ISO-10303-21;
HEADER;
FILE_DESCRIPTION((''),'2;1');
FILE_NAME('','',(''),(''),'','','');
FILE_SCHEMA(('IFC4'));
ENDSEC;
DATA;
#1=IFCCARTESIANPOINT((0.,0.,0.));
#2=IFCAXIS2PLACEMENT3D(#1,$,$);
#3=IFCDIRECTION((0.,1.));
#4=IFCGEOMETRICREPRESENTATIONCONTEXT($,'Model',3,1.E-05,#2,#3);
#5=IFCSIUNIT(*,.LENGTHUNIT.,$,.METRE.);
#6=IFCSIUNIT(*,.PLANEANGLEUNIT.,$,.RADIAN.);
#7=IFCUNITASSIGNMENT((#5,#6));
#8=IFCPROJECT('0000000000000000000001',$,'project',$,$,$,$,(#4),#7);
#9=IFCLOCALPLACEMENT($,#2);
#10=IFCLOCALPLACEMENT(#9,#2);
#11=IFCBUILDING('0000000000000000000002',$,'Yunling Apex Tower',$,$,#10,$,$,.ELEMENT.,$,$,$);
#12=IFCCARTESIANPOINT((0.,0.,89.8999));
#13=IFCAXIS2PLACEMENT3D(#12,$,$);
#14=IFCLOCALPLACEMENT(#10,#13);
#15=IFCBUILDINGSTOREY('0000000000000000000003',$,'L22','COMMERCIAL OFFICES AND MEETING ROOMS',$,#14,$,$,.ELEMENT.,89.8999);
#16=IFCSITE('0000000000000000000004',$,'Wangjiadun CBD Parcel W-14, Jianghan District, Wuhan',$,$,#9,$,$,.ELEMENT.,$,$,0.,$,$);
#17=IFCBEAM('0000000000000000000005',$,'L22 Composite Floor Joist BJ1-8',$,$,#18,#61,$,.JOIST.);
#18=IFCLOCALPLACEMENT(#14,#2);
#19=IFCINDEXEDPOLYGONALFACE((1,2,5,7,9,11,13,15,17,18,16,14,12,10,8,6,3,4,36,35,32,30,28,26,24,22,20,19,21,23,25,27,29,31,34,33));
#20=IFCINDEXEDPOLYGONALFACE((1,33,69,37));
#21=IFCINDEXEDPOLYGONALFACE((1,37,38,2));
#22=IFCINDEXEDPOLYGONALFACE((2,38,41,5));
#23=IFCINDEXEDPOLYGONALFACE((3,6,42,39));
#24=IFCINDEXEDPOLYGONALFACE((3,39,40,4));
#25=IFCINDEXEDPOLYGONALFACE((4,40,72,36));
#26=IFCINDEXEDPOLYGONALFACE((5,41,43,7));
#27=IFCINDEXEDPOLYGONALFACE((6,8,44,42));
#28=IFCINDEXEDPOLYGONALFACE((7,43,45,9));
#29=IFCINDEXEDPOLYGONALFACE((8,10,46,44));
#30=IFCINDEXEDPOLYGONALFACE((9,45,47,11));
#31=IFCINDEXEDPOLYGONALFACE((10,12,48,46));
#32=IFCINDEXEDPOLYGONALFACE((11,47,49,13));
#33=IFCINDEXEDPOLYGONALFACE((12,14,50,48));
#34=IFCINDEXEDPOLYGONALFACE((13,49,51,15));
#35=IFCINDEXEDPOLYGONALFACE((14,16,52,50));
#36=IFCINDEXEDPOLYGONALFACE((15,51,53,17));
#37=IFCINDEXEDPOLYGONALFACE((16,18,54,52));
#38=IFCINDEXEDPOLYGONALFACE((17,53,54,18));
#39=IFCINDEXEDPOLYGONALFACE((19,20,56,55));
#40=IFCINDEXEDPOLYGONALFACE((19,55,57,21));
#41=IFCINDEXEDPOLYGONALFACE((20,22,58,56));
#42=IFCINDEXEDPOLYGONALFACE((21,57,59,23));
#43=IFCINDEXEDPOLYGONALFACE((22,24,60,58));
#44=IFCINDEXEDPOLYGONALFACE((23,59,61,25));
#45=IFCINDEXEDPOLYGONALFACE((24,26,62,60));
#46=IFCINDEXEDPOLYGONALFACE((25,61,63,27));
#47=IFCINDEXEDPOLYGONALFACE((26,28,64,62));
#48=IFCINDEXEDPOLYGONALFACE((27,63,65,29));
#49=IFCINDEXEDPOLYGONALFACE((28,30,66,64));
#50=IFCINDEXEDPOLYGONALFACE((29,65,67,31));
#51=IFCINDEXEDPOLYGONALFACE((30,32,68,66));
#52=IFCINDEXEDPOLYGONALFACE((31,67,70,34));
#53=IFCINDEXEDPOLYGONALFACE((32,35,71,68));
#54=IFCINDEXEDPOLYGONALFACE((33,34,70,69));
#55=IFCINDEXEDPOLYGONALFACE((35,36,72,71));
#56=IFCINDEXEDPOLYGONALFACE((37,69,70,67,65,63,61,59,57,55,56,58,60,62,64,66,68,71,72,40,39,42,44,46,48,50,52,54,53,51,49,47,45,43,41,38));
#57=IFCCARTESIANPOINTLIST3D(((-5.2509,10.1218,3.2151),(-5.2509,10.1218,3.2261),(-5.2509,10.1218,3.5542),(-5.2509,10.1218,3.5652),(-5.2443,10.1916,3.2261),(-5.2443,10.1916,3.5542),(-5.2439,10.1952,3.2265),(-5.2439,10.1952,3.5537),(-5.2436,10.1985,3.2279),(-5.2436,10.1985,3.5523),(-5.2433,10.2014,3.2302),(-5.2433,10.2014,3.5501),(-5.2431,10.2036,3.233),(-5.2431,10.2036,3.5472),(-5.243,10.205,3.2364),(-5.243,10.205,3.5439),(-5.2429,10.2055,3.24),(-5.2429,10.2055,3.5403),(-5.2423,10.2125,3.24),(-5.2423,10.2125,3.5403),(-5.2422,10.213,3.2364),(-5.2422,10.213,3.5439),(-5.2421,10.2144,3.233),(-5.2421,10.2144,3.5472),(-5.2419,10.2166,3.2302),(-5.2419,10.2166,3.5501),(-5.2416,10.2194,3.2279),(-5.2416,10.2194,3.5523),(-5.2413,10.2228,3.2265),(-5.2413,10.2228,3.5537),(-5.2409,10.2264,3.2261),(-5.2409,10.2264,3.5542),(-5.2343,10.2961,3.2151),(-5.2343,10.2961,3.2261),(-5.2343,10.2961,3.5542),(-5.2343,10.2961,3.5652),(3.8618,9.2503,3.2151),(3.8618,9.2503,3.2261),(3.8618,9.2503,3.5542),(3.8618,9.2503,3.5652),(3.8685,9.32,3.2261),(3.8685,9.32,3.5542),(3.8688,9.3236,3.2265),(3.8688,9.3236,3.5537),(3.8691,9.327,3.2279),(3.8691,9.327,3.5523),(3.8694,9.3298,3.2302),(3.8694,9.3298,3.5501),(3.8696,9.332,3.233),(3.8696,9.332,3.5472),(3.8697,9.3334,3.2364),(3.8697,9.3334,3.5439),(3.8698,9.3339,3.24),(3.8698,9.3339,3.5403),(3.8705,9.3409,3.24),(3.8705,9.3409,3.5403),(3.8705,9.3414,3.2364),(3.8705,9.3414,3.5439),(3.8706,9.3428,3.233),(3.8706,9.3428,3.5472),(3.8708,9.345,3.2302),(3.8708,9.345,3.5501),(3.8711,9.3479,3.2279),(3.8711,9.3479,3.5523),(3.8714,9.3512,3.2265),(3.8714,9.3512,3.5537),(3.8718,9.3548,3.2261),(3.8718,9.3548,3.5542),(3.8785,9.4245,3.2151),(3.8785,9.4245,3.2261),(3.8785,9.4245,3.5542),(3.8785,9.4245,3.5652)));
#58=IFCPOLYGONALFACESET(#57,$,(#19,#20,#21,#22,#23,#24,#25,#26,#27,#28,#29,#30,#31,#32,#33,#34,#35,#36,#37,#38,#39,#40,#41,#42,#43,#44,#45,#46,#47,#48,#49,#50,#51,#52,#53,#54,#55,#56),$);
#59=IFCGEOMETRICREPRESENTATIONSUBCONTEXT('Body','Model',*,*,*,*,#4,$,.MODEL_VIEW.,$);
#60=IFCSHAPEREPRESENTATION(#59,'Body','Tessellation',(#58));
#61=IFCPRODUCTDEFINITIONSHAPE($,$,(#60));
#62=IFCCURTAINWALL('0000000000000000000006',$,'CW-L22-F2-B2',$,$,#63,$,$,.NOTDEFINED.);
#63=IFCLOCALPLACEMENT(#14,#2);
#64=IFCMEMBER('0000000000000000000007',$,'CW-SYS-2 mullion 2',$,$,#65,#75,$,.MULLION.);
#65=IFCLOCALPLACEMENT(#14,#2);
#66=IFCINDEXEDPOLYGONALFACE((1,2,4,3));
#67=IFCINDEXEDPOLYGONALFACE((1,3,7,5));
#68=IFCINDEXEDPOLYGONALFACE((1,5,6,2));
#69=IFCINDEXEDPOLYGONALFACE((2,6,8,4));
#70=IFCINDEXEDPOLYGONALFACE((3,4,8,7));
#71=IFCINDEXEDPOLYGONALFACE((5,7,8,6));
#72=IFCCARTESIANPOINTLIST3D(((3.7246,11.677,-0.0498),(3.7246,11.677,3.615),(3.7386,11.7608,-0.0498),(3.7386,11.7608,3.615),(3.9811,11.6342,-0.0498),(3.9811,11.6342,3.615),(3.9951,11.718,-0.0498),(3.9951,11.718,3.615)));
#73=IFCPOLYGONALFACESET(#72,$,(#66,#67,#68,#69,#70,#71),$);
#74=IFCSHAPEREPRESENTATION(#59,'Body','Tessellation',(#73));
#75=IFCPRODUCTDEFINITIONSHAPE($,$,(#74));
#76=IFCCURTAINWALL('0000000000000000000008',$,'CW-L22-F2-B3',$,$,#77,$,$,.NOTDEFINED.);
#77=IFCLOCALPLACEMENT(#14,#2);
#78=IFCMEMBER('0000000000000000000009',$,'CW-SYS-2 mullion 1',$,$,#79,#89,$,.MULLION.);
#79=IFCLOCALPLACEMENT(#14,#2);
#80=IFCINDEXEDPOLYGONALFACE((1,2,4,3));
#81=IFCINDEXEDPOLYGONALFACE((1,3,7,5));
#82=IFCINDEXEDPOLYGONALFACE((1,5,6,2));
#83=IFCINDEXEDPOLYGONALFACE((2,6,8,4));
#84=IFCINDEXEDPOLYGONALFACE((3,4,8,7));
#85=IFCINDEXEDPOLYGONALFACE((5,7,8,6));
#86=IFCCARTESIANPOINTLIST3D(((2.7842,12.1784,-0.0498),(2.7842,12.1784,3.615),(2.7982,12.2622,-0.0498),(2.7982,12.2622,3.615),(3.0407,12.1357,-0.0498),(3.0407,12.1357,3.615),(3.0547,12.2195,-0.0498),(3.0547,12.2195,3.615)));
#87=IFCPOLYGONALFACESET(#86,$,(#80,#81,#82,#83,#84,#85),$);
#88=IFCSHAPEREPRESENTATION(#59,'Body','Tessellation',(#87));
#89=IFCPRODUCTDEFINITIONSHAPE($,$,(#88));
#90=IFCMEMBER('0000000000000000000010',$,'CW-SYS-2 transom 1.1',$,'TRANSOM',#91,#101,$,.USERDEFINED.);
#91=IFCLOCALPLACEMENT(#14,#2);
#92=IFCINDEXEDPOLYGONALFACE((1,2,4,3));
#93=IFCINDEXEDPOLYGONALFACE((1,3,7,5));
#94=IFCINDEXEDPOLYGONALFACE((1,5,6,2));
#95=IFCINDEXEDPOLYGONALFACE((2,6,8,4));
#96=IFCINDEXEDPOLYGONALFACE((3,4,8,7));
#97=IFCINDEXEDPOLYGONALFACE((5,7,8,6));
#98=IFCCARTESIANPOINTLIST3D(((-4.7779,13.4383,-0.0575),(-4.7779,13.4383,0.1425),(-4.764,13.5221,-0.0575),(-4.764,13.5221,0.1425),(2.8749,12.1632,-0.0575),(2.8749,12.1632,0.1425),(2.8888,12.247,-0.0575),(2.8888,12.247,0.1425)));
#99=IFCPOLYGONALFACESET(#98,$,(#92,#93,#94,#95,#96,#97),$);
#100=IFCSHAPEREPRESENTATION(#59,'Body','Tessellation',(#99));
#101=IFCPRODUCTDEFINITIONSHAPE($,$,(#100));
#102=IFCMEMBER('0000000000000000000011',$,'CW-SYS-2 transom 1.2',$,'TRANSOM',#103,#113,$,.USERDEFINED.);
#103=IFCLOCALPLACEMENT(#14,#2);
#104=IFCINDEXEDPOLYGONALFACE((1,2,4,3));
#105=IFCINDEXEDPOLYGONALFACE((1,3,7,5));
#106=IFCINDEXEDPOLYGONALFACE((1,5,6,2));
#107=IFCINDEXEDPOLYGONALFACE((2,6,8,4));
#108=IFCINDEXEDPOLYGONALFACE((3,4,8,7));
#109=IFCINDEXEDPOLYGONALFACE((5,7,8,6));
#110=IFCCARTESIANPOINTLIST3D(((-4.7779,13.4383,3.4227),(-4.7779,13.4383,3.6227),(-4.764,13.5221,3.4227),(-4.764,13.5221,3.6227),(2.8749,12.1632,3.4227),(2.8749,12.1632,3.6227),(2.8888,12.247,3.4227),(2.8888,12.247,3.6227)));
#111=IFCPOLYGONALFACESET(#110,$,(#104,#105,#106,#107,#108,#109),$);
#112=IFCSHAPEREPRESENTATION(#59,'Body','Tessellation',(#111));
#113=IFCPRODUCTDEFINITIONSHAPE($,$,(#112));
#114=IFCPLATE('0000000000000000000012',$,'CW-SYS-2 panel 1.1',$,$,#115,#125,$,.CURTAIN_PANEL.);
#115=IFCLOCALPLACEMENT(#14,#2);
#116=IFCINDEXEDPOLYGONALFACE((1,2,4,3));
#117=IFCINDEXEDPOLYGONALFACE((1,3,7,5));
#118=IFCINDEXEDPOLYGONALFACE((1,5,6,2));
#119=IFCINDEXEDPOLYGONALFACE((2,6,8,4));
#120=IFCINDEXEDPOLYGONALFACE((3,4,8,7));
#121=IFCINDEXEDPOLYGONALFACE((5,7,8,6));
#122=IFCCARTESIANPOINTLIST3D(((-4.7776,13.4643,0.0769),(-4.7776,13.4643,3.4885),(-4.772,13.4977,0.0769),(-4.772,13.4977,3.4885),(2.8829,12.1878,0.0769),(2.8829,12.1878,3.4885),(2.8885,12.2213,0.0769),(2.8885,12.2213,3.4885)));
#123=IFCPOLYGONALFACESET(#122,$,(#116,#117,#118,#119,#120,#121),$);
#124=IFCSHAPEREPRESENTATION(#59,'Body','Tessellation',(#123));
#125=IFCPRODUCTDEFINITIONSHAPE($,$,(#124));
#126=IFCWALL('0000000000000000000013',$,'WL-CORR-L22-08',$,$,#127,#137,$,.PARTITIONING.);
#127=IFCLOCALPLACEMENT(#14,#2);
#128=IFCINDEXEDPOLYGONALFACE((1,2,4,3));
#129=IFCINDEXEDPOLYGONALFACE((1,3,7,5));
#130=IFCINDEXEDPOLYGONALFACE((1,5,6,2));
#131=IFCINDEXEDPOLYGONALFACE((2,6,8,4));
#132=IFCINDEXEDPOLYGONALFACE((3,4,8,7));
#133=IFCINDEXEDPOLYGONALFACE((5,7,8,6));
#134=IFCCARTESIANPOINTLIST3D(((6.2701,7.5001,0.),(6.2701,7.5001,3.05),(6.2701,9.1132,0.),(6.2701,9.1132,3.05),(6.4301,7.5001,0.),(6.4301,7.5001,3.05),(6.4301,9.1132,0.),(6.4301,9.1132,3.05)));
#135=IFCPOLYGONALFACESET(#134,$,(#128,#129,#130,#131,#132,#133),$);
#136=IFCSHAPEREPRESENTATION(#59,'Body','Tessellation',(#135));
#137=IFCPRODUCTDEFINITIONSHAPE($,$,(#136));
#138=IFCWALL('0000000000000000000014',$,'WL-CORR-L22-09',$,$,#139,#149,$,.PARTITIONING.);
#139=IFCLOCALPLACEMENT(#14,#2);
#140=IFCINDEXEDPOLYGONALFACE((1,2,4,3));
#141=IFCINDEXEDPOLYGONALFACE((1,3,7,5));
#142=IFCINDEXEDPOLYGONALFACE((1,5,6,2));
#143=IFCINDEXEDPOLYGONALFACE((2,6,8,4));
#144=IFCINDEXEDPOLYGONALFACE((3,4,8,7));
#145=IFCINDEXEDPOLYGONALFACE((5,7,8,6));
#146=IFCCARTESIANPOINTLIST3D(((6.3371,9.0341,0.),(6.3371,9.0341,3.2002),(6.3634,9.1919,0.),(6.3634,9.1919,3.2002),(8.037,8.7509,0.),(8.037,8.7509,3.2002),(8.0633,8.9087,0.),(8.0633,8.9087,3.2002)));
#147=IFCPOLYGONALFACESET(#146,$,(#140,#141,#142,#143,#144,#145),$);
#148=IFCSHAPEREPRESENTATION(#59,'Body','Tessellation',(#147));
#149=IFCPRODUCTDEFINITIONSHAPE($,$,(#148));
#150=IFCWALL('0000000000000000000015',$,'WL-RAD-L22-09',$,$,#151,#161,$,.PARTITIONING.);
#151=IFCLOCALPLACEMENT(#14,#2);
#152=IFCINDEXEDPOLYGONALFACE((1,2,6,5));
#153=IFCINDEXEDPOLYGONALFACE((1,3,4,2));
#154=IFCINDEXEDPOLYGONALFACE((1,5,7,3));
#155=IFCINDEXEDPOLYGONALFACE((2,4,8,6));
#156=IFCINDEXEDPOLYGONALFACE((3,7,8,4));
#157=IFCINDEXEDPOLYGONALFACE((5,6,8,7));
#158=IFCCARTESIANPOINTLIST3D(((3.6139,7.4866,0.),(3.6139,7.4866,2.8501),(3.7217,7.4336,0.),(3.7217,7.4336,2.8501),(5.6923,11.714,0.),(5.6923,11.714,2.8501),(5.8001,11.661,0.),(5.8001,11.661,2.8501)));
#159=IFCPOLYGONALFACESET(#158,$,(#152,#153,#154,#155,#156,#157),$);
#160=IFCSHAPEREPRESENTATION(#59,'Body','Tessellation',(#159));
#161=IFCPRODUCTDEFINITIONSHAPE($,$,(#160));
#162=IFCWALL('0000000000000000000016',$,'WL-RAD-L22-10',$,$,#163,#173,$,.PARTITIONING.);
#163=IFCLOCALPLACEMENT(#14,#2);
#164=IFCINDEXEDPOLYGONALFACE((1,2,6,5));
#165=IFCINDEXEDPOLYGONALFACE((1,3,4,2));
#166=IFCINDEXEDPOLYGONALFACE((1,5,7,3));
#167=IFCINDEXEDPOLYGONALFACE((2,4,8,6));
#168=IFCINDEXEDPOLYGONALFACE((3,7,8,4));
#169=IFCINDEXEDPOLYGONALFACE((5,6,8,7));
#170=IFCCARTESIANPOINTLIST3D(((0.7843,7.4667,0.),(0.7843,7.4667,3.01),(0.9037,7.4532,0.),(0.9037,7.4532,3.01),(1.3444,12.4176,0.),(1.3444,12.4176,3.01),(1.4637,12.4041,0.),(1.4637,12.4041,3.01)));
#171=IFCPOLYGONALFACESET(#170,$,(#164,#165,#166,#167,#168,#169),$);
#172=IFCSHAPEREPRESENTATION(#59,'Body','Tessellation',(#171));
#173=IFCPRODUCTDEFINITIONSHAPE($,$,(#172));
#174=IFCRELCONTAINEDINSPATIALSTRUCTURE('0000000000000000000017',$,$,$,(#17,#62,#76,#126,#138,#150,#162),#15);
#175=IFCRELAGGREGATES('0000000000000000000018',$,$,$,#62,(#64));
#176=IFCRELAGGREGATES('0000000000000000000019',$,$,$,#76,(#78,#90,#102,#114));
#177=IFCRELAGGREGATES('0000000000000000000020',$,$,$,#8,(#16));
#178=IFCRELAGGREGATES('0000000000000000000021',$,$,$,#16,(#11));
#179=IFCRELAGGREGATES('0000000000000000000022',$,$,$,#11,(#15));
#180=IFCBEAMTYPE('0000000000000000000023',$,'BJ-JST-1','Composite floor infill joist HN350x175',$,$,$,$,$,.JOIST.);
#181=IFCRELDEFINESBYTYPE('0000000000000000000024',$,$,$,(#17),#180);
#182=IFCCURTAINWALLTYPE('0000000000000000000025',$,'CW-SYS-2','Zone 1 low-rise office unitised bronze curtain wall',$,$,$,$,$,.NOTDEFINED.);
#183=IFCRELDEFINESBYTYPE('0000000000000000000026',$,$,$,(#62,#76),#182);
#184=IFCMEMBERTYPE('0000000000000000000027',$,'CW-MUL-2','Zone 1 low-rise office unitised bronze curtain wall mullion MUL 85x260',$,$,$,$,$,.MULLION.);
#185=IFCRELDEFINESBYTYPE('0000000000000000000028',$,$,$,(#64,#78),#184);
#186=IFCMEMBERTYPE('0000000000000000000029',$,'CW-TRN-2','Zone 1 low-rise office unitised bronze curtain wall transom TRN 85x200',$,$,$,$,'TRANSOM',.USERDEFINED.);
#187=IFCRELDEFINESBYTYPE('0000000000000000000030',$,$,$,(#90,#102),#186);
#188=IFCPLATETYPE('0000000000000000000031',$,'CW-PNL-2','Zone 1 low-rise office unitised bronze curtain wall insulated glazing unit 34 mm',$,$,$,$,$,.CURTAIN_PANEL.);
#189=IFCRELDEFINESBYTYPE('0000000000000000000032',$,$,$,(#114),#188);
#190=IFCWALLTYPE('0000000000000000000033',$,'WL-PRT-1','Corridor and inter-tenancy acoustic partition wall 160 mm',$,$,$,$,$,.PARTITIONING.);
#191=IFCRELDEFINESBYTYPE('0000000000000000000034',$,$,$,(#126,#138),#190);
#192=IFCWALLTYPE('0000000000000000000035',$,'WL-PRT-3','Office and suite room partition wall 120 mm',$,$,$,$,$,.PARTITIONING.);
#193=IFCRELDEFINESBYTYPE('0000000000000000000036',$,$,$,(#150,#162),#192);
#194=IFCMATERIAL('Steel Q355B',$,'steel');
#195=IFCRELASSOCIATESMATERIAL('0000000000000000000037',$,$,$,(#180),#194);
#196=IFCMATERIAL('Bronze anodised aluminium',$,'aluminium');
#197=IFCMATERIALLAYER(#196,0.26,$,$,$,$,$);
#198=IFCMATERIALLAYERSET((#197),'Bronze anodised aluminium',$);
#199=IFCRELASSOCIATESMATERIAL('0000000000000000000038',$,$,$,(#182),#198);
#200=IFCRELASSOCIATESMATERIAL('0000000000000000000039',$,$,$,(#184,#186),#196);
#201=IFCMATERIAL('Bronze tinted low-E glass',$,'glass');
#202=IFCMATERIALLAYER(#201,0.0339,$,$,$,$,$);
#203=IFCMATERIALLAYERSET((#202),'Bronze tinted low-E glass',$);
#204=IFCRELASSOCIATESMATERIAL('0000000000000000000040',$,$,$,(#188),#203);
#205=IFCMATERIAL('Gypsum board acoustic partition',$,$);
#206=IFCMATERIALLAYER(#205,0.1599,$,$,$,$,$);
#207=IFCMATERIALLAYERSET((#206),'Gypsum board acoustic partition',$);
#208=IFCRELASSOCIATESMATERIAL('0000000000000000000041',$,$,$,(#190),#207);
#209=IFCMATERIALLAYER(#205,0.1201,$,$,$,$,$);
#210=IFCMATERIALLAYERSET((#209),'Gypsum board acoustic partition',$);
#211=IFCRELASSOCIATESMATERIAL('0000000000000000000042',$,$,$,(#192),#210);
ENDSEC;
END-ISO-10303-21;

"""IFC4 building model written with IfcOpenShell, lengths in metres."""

from ifc_helpers import new_model, si_unit, direction, frame, frame_2d, origin, origin_2d, place, context, subcontext, project, spatial, rectangle, i_section, extrude, source, transform, mapped, material, layer, layer_set, material_profile, profile_set, type_object, element, aggregate, save


model = new_model("IFC4")

# Units and contexts
model_context = context("Model", 3, precision=1e-05, world=origin(), true_north=direction((0.0, 1.0)))
body_context = subcontext(model_context, "Body", "Model", "MODEL_VIEW")
ifc_project = project(units=[si_unit("LENGTHUNIT", "METRE"), si_unit("PLANEANGLEUNIT", "RADIAN")], contexts=[model_context])

# Site, building, storey
site_placement = place(None, origin())
site = spatial("IfcSite", under=ifc_project, at=site_placement, Name="Wangjiadun CBD Parcel W-14, Jianghan District, Wuhan", CompositionType="ELEMENT", RefElevation=0.0)
building_placement = place(site_placement, origin())
building = spatial("IfcBuilding", under=site, at=building_placement, Name="Yunling Apex Tower", CompositionType="ELEMENT")
storey_placement = place(building_placement, frame((0.0, 0.0, 89.8999)))
storey = spatial("IfcBuildingStorey", under=building, at=storey_placement, Name="L22", Description="COMMERCIAL OFFICES AND MEETING ROOMS", CompositionType="ELEMENT", Elevation=89.8999)

# Beam
ifc_material_1 = material(Name="Steel Q355B", Category="steel")
ifc_material_profile_1 = material_profile(ifc_material_1, i_section(OverallWidth=0.175, OverallDepth=0.3501, WebThickness=0.0071, FlangeThickness=0.011, FilletRadius=0.0139, at=origin_2d()))
ifc_profile_set_1 = profile_set([ifc_material_profile_1], Name="Steel Q355B")
beam_type_1 = type_object("IfcBeamType", Name="BJ-JST-1", Description="Composite floor infill joist HN350x175", PredefinedType="JOIST", material=ifc_profile_set_1)
shared_shape_1 = source(origin(), body_context, "Body", "SweptSolid", [
    extrude(i_section(OverallWidth=0.175, OverallDepth=0.3501, WebThickness=0.0071, FlangeThickness=0.011, FilletRadius=0.0139, at=origin_2d()), origin(), (0.0, 0.0, 1.0), 9.1543),
])
beam_1_placement = place(storey_placement, frame((3.8701, 9.3374, 3.3901), z_axis=(-0.995457, 0.095209, 0.0), x_axis=(-0.095209, -0.995457, 0.0)))
element("IfcBeam", 1, at=beam_1_placement, inside=storey, type_object=beam_type_1, Name="L22 Composite Floor Joist BJ1-8", PredefinedType="JOIST", context=body_context, shape_type="MappedRepresentation", body=[
    mapped(shared_shape_1, transform((0.0, 0.0, 0.0), scale=1.0)),
])

# Curtain wall, member
ifc_material_2 = material(Name="Bronze anodised aluminium", Category="aluminium")
ifc_layer_1 = layer(ifc_material_2, 0.26)
ifc_layer_set_1 = layer_set([ifc_layer_1], Name="Bronze anodised aluminium")
curtain_wall_type = type_object("IfcCurtainWallType", Name="CW-SYS-2", Description="Zone 1 low-rise office unitised bronze curtain wall", PredefinedType="NOTDEFINED", material=ifc_layer_set_1)
curtain_wall_1_placement = place(storey_placement, origin())
curtain_wall_1 = element("IfcCurtainWall", 2, at=curtain_wall_1_placement, inside=storey, type_object=curtain_wall_type, Name="CW-L22-F2-B2", PredefinedType="NOTDEFINED")
ifc_material_profile_2 = material_profile(ifc_material_2, rectangle(XDim=0.085, YDim=0.26, at=origin_2d()))
ifc_profile_set_2 = profile_set([ifc_material_profile_2], Name="Bronze anodised aluminium")
member_type_1 = type_object("IfcMemberType", Name="CW-MUL-2", Description="Zone 1 low-rise office unitised bronze curtain wall mullion MUL 85x260", PredefinedType="MULLION", material=ifc_profile_set_2)
shared_shape_2 = source(origin(), body_context, "Body", "SweptSolid", [
    extrude(rectangle(XDim=0.085, YDim=0.26, at=origin_2d()), origin(), (0.0, 0.0, 1.0), 3.6648),
])
member_1_placement = place(storey_placement, frame((3.8599, 11.6975, -0.0498), z_axis=(0.0, 0.0, 1.0), x_axis=(-0.164356, -0.986401, 0.0)))
member_1 = element("IfcMember", 3, at=member_1_placement, type_object=member_type_1, Name="CW-SYS-2 mullion 2", PredefinedType="MULLION", context=body_context, shape_type="MappedRepresentation", body=[
    mapped(shared_shape_2, transform((0.0, 0.0, 0.0), scale=1.0)),
])
aggregate(curtain_wall_1, [member_1])

# Curtain wall, members, plate
curtain_wall_2_placement = place(storey_placement, origin())
curtain_wall_2 = element("IfcCurtainWall", 4, at=curtain_wall_2_placement, inside=storey, type_object=curtain_wall_type, Name="CW-L22-F2-B3", PredefinedType="NOTDEFINED")
member_2_placement = place(storey_placement, frame((2.9194, 12.199, -0.0498), z_axis=(0.0, 0.0, 1.0), x_axis=(-0.164362, -0.9864, 0.0)))
member_2 = element("IfcMember", 5, at=member_2_placement, type_object=member_type_1, Name="CW-SYS-2 mullion 1", PredefinedType="MULLION", context=body_context, shape_type="MappedRepresentation", body=[
    mapped(shared_shape_2, transform((0.0, 0.0, 0.0), scale=1.0)),
])
ifc_material_profile_3 = material_profile(ifc_material_2, rectangle(XDim=0.085, YDim=0.2, at=origin_2d()))
ifc_profile_set_3 = profile_set([ifc_material_profile_3], Name="Bronze anodised aluminium")
member_type_2 = type_object("IfcMemberType", Name="CW-TRN-2", Description="Zone 1 low-rise office unitised bronze curtain wall transom TRN 85x200", ElementType="TRANSOM", PredefinedType="USERDEFINED", material=ifc_profile_set_3)
shared_shape_3 = source(origin(), body_context, "Body", "SweptSolid", [
    extrude(rectangle(XDim=0.085, YDim=0.2, at=origin_2d()), origin(), (0.0, 0.0, 1.0), 7.7583),
])
member_3_placement = place(storey_placement, frame((2.8818, 12.2051, 0.0425), z_axis=(-0.986401, 0.164358, 0.0), x_axis=(-0.164358, -0.986401, 0.0)))
member_3 = element("IfcMember", 6, at=member_3_placement, type_object=member_type_2, Name="CW-SYS-2 transom 1.1", ObjectType="TRANSOM", PredefinedType="USERDEFINED", context=body_context, shape_type="MappedRepresentation", body=[
    mapped(shared_shape_3, transform((0.0, 0.0, 0.0), scale=1.0)),
])
member_4_placement = place(storey_placement, frame((2.8818, 12.2051, 3.5227), z_axis=(-0.986401, 0.164358, 0.0), x_axis=(-0.164358, -0.986401, 0.0)))
member_4 = element("IfcMember", 7, at=member_4_placement, type_object=member_type_2, Name="CW-SYS-2 transom 1.2", ObjectType="TRANSOM", PredefinedType="USERDEFINED", context=body_context, shape_type="MappedRepresentation", body=[
    mapped(shared_shape_3, transform((0.0, 0.0, 0.0), scale=1.0)),
])
ifc_material_3 = material(Name="Bronze tinted low-E glass", Category="glass")
ifc_layer_2 = layer(ifc_material_3, 0.0339)
ifc_layer_set_2 = layer_set([ifc_layer_2], Name="Bronze tinted low-E glass")
plate_type = type_object("IfcPlateType", Name="CW-PNL-2", Description="Zone 1 low-rise office unitised bronze curtain wall insulated glazing unit 34 mm", PredefinedType="CURTAIN_PANEL", material=ifc_layer_set_2)
shared_shape_4 = source(origin(), body_context, "Body", "SweptSolid", [
    extrude(rectangle(XDim=7.7661, YDim=0.0339, at=origin_2d()), origin(), (0.0, 0.0, 1.0), 3.4116),
])
plate_placement = place(storey_placement, frame((-0.9446, 12.8428, 0.0769), z_axis=(0.0, 0.0, 1.0), x_axis=(-0.9864, 0.164362, 0.0)))
plate = element("IfcPlate", 8, at=plate_placement, type_object=plate_type, Name="CW-SYS-2 panel 1.1", PredefinedType="CURTAIN_PANEL", context=body_context, shape_type="MappedRepresentation", body=[
    mapped(shared_shape_4, transform((0.0, 0.0, 0.0), scale=1.0)),
])
aggregate(curtain_wall_2, [member_2, member_3, member_4, plate])

# Walls
ifc_material_4 = material(Name="Gypsum board acoustic partition")
ifc_layer_3 = layer(ifc_material_4, 0.1599)
ifc_layer_set_3 = layer_set([ifc_layer_3], Name="Gypsum board acoustic partition")
wall_type_1 = type_object("IfcWallType", Name="WL-PRT-1", Description="Corridor and inter-tenancy acoustic partition wall 160 mm", PredefinedType="PARTITIONING", material=ifc_layer_set_3)
wall_1_placement = place(storey_placement, frame((6.3501, 7.5, 0.0), z_axis=(0.0, 0.0, 1.0), x_axis=(0.0, 1.0, 0.0)))
element("IfcWall", 9, at=wall_1_placement, inside=storey, type_object=wall_type_1, Name="WL-CORR-L22-08", PredefinedType="PARTITIONING", context=body_context, shape_type="SweptSolid", body=[
    extrude(rectangle(XDim=1.613, YDim=0.1599, at=frame_2d((0.8066, 0.0))), origin(), (0.0, 0.0, 1.0), 3.05),
])
wall_2_placement = place(storey_placement, frame((6.3501, 9.113, 0.0), z_axis=(0.0, 0.0, 1.0), x_axis=(0.986405, -0.16433, 0.0)))
element("IfcWall", 10, at=wall_2_placement, inside=storey, type_object=wall_type_1, Name="WL-CORR-L22-09", PredefinedType="PARTITIONING", context=body_context, shape_type="SweptSolid", body=[
    extrude(rectangle(XDim=1.7234, YDim=0.1599, at=frame_2d((0.8618, 0.0))), origin(), (0.0, 0.0, 1.0), 3.2002),
])
ifc_layer_4 = layer(ifc_material_4, 0.1201)
ifc_layer_set_4 = layer_set([ifc_layer_4], Name="Gypsum board acoustic partition")
wall_type_2 = type_object("IfcWallType", Name="WL-PRT-3", Description="Office and suite room partition wall 120 mm", PredefinedType="PARTITIONING", material=ifc_layer_set_4)
wall_3_placement = place(storey_placement, frame((3.6677, 7.46, 0.0), z_axis=(0.0, 0.0, 1.0), x_axis=(0.441212, 0.897403, 0.0)))
element("IfcWall", 11, at=wall_3_placement, inside=storey, type_object=wall_type_2, Name="WL-RAD-L22-09", PredefinedType="PARTITIONING", context=body_context, shape_type="SweptSolid", body=[
    extrude(rectangle(XDim=4.7107, YDim=0.1201, at=frame_2d((2.3555, 0.0))), origin(), (0.0, 0.0, 1.0), 2.8501),
])
wall_4_placement = place(storey_placement, frame((0.844, 7.46, 0.0), z_axis=(0.0, 0.0, 1.0), x_axis=(0.112405, 0.993662, 0.0)))
element("IfcWall", 12, at=wall_4_placement, inside=storey, type_object=wall_type_2, Name="WL-RAD-L22-10", PredefinedType="PARTITIONING", context=body_context, shape_type="SweptSolid", body=[
    extrude(rectangle(XDim=4.9824, YDim=0.1201, at=frame_2d((2.4912, 0.0))), origin(), (0.0, 0.0, 1.0), 3.01),
])

save(model, "model.ifc")
